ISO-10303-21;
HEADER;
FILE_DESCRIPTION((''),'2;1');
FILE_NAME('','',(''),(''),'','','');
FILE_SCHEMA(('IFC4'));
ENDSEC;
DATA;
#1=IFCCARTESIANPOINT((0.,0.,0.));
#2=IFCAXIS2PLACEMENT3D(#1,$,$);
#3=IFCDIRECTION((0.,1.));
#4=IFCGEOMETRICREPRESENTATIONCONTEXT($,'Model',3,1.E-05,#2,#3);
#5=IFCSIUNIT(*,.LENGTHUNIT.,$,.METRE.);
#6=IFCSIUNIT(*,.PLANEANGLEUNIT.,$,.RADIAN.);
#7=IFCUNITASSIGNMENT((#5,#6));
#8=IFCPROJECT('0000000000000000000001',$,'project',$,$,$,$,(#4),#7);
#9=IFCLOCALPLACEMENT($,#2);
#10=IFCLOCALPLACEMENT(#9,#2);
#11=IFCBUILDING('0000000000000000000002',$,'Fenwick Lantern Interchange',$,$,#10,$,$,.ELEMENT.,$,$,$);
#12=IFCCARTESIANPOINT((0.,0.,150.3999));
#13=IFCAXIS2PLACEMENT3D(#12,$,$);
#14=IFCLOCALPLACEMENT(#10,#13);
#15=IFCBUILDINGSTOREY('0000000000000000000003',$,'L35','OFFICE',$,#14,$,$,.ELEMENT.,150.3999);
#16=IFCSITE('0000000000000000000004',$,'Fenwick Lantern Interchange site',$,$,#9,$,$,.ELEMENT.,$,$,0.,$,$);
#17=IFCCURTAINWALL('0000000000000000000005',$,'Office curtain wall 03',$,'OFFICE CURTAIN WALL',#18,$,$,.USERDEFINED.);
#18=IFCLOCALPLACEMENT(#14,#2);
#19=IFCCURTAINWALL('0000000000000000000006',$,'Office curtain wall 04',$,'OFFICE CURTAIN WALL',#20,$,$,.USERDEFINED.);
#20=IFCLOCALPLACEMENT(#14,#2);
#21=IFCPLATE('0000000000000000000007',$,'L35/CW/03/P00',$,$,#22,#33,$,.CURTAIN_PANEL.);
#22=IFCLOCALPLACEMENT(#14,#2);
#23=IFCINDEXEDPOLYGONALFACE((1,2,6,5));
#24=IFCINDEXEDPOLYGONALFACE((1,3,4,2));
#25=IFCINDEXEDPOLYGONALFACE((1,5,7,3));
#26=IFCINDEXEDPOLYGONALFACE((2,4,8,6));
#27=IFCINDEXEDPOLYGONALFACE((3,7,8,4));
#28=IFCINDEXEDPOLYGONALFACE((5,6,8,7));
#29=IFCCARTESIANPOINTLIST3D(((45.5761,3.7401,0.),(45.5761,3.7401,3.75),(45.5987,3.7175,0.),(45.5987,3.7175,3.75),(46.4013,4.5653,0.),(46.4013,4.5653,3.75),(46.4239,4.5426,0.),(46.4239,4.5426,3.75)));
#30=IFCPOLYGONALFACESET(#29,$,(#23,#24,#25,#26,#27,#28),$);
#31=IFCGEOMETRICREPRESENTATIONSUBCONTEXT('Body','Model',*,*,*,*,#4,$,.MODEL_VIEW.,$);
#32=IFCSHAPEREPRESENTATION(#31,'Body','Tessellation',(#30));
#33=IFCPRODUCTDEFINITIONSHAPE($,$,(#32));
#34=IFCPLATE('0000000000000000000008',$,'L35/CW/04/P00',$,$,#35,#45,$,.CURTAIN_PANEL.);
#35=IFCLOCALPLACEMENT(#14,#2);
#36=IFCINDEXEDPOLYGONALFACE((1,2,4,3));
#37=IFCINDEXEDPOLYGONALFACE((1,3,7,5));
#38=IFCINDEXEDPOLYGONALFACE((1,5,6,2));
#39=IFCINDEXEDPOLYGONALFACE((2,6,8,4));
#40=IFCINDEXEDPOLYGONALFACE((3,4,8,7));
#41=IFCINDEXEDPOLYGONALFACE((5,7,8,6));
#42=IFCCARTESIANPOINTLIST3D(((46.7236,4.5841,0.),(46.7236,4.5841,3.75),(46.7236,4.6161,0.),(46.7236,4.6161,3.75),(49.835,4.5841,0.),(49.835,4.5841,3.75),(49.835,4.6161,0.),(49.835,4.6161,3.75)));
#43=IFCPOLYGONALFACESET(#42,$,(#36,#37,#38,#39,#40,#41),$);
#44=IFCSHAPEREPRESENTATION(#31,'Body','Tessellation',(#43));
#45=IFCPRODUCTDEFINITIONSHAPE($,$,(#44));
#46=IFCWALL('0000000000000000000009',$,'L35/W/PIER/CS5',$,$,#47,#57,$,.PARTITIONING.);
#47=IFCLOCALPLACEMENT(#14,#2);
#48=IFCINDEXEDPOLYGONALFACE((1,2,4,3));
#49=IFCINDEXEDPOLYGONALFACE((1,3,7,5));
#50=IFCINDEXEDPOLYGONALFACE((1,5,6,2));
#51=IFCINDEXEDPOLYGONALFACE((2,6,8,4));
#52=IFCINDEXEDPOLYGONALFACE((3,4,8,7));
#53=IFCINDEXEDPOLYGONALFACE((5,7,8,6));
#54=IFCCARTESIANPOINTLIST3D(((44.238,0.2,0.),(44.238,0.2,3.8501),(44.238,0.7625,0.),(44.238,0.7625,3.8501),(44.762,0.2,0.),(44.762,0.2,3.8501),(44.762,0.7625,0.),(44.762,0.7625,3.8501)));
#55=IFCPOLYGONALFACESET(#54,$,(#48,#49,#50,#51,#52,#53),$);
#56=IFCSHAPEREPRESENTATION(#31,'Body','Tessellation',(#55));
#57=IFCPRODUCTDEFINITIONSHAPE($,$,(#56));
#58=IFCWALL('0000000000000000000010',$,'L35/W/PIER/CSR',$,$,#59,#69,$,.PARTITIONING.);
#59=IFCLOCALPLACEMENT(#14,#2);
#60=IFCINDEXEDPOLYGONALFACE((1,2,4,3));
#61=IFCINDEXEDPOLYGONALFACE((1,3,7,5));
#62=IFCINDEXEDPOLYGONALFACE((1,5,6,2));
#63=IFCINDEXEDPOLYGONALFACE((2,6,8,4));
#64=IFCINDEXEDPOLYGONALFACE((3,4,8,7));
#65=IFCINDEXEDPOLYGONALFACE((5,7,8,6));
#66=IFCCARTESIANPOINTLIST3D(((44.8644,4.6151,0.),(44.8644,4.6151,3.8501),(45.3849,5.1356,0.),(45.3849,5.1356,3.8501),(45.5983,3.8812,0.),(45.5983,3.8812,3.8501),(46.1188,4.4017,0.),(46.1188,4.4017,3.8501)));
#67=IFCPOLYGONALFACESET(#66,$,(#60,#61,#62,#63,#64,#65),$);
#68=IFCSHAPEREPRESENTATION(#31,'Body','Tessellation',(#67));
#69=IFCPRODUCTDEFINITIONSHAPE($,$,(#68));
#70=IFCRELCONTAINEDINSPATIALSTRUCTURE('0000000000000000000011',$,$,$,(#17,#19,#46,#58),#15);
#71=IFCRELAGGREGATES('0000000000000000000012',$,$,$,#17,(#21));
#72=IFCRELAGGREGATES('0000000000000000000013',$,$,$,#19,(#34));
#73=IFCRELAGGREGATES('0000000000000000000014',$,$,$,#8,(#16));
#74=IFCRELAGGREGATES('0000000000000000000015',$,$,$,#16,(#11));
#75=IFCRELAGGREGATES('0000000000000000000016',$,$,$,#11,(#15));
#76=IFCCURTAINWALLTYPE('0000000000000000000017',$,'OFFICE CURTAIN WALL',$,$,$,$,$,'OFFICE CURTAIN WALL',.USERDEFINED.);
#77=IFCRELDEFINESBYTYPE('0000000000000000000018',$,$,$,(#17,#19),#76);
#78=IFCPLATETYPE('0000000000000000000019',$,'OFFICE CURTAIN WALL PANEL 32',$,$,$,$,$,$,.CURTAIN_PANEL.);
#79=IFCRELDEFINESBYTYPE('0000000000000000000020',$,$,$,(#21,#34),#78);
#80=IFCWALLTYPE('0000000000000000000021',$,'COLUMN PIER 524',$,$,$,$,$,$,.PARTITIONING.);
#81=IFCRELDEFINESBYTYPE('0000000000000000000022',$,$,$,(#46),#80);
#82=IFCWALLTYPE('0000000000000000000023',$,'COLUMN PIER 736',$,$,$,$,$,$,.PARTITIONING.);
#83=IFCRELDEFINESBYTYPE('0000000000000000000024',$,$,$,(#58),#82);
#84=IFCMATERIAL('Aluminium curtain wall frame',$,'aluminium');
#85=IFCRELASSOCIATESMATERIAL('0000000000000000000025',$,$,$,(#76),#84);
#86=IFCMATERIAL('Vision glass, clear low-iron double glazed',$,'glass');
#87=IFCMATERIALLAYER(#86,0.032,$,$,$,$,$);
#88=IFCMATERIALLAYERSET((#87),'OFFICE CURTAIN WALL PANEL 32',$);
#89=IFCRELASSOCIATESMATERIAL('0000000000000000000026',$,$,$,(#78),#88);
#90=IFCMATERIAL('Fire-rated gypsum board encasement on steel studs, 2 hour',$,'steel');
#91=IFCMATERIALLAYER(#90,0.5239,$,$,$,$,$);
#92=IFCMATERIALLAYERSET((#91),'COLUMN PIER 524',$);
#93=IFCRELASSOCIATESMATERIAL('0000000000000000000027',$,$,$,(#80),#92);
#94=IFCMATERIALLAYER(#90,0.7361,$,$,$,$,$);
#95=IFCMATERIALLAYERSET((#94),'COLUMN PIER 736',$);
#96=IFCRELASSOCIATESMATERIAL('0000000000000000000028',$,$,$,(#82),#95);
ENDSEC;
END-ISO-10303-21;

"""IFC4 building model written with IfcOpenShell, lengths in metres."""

from ifc_helpers import new_model, si_unit, direction, frame, frame_2d, origin, origin_2d, place, context, subcontext, project, spatial, rectangle, extrude, material, layer, layer_set, type_object, element, aggregate, save


model = new_model("IFC4")

# Units and contexts
model_context = context("Model", 3, precision=1e-05, world=origin(), true_north=direction((0.0, 1.0)))
body_context = subcontext(model_context, "Body", "Model", "MODEL_VIEW")
ifc_project = project(units=[si_unit("LENGTHUNIT", "METRE"), si_unit("PLANEANGLEUNIT", "RADIAN")], contexts=[model_context])

# Site, building, storey
site_placement = place(None, origin())
site = spatial("IfcSite", under=ifc_project, at=site_placement, Name="Fenwick Lantern Interchange site", CompositionType="ELEMENT", RefElevation=0.0)
building_placement = place(site_placement, origin())
building = spatial("IfcBuilding", under=site, at=building_placement, Name="Fenwick Lantern Interchange", CompositionType="ELEMENT")
storey_placement = place(building_placement, frame((0.0, 0.0, 150.3999)))
storey = spatial("IfcBuildingStorey", under=building, at=storey_placement, Name="L35", Description="OFFICE", CompositionType="ELEMENT", Elevation=150.3999)

# Shared definitions
ifc_material_1 = material(Name="Aluminium curtain wall frame", Category="aluminium")
curtain_wall_type = type_object("IfcCurtainWallType", Name="OFFICE CURTAIN WALL", ElementType="OFFICE CURTAIN WALL", PredefinedType="USERDEFINED", material=ifc_material_1)

# Curtain walls
curtain_wall_1_placement = place(storey_placement, origin())
curtain_wall_1 = element("IfcCurtainWall", 1, at=curtain_wall_1_placement, inside=storey, type_object=curtain_wall_type, Name="Office curtain wall 03", ObjectType="OFFICE CURTAIN WALL", PredefinedType="USERDEFINED")
curtain_wall_2_placement = place(storey_placement, origin())
curtain_wall_2 = element("IfcCurtainWall", 2, at=curtain_wall_2_placement, inside=storey, type_object=curtain_wall_type, Name="Office curtain wall 04", ObjectType="OFFICE CURTAIN WALL", PredefinedType="USERDEFINED")

# Plates
ifc_material_2 = material(Name="Vision glass, clear low-iron double glazed", Category="glass")
ifc_layer_1 = layer(ifc_material_2, 0.032)
ifc_layer_set_1 = layer_set([ifc_layer_1], Name="OFFICE CURTAIN WALL PANEL 32")
plate_type = type_object("IfcPlateType", Name="OFFICE CURTAIN WALL PANEL 32", PredefinedType="CURTAIN_PANEL", material=ifc_layer_set_1)
plate_1_placement = place(storey_placement, frame((46.0, 4.1414, 0.0), z_axis=(0.0, 0.0, 1.0), x_axis=(0.707107, 0.707107, 0.0)))
plate_1 = element("IfcPlate", 3, at=plate_1_placement, type_object=plate_type, Name="L35/CW/03/P00", PredefinedType="CURTAIN_PANEL", context=body_context, shape_type="SweptSolid", body=[
    extrude(rectangle(XDim=1.167, YDim=0.032, at=origin_2d()), origin(), (0.0, 0.0, 1.0), 3.75),
])
aggregate(curtain_wall_1, [plate_1])
plate_2_placement = place(storey_placement, frame((48.2793, 4.6001, 0.0), z_axis=(0.0, 0.0, 1.0), x_axis=(1.0, 0.0, 0.0)))
plate_2 = element("IfcPlate", 4, at=plate_2_placement, type_object=plate_type, Name="L35/CW/04/P00", PredefinedType="CURTAIN_PANEL", context=body_context, shape_type="SweptSolid", body=[
    extrude(rectangle(XDim=3.1113, YDim=0.032, at=origin_2d()), origin(), (0.0, 0.0, 1.0), 3.75),
])
aggregate(curtain_wall_2, [plate_2])

# Walls
ifc_material_3 = material(Name="Fire-rated gypsum board encasement on steel studs, 2 hour", Category="steel")
ifc_layer_2 = layer(ifc_material_3, 0.5239)
ifc_layer_set_2 = layer_set([ifc_layer_2], Name="COLUMN PIER 524")
wall_type_1 = type_object("IfcWallType", Name="COLUMN PIER 524", PredefinedType="PARTITIONING", material=ifc_layer_set_2)
wall_1_placement = place(storey_placement, frame((44.5, 0.2, 0.0), z_axis=(0.0, 0.0, 1.0), x_axis=(0.0, 1.0, 0.0)))
element("IfcWall", 5, at=wall_1_placement, inside=storey, type_object=wall_type_1, Name="L35/W/PIER/CS5", PredefinedType="PARTITIONING", context=body_context, shape_type="SweptSolid", body=[
    extrude(rectangle(XDim=0.5625, YDim=0.5239, at=frame_2d((0.2812, 0.0))), origin(), (0.0, 0.0, 1.0), 3.8501),
])
ifc_layer_3 = layer(ifc_material_3, 0.7361)
ifc_layer_set_3 = layer_set([ifc_layer_3], Name="COLUMN PIER 736")
wall_type_2 = type_object("IfcWallType", Name="COLUMN PIER 736", PredefinedType="PARTITIONING", material=ifc_layer_set_3)
wall_2_placement = place(storey_placement, frame((45.8586, 4.1414, 0.0), z_axis=(0.0, 0.0, 1.0), x_axis=(-0.707107, 0.707107, 0.0)))
element("IfcWall", 6, at=wall_2_placement, inside=storey, type_object=wall_type_2, Name="L35/W/PIER/CSR", PredefinedType="PARTITIONING", context=body_context, shape_type="SweptSolid", body=[
    extrude(rectangle(XDim=1.0378, YDim=0.7361, at=frame_2d((0.519, 0.0))), origin(), (0.0, 0.0, 1.0), 3.8501),
])

save(model, "model.ifc")
